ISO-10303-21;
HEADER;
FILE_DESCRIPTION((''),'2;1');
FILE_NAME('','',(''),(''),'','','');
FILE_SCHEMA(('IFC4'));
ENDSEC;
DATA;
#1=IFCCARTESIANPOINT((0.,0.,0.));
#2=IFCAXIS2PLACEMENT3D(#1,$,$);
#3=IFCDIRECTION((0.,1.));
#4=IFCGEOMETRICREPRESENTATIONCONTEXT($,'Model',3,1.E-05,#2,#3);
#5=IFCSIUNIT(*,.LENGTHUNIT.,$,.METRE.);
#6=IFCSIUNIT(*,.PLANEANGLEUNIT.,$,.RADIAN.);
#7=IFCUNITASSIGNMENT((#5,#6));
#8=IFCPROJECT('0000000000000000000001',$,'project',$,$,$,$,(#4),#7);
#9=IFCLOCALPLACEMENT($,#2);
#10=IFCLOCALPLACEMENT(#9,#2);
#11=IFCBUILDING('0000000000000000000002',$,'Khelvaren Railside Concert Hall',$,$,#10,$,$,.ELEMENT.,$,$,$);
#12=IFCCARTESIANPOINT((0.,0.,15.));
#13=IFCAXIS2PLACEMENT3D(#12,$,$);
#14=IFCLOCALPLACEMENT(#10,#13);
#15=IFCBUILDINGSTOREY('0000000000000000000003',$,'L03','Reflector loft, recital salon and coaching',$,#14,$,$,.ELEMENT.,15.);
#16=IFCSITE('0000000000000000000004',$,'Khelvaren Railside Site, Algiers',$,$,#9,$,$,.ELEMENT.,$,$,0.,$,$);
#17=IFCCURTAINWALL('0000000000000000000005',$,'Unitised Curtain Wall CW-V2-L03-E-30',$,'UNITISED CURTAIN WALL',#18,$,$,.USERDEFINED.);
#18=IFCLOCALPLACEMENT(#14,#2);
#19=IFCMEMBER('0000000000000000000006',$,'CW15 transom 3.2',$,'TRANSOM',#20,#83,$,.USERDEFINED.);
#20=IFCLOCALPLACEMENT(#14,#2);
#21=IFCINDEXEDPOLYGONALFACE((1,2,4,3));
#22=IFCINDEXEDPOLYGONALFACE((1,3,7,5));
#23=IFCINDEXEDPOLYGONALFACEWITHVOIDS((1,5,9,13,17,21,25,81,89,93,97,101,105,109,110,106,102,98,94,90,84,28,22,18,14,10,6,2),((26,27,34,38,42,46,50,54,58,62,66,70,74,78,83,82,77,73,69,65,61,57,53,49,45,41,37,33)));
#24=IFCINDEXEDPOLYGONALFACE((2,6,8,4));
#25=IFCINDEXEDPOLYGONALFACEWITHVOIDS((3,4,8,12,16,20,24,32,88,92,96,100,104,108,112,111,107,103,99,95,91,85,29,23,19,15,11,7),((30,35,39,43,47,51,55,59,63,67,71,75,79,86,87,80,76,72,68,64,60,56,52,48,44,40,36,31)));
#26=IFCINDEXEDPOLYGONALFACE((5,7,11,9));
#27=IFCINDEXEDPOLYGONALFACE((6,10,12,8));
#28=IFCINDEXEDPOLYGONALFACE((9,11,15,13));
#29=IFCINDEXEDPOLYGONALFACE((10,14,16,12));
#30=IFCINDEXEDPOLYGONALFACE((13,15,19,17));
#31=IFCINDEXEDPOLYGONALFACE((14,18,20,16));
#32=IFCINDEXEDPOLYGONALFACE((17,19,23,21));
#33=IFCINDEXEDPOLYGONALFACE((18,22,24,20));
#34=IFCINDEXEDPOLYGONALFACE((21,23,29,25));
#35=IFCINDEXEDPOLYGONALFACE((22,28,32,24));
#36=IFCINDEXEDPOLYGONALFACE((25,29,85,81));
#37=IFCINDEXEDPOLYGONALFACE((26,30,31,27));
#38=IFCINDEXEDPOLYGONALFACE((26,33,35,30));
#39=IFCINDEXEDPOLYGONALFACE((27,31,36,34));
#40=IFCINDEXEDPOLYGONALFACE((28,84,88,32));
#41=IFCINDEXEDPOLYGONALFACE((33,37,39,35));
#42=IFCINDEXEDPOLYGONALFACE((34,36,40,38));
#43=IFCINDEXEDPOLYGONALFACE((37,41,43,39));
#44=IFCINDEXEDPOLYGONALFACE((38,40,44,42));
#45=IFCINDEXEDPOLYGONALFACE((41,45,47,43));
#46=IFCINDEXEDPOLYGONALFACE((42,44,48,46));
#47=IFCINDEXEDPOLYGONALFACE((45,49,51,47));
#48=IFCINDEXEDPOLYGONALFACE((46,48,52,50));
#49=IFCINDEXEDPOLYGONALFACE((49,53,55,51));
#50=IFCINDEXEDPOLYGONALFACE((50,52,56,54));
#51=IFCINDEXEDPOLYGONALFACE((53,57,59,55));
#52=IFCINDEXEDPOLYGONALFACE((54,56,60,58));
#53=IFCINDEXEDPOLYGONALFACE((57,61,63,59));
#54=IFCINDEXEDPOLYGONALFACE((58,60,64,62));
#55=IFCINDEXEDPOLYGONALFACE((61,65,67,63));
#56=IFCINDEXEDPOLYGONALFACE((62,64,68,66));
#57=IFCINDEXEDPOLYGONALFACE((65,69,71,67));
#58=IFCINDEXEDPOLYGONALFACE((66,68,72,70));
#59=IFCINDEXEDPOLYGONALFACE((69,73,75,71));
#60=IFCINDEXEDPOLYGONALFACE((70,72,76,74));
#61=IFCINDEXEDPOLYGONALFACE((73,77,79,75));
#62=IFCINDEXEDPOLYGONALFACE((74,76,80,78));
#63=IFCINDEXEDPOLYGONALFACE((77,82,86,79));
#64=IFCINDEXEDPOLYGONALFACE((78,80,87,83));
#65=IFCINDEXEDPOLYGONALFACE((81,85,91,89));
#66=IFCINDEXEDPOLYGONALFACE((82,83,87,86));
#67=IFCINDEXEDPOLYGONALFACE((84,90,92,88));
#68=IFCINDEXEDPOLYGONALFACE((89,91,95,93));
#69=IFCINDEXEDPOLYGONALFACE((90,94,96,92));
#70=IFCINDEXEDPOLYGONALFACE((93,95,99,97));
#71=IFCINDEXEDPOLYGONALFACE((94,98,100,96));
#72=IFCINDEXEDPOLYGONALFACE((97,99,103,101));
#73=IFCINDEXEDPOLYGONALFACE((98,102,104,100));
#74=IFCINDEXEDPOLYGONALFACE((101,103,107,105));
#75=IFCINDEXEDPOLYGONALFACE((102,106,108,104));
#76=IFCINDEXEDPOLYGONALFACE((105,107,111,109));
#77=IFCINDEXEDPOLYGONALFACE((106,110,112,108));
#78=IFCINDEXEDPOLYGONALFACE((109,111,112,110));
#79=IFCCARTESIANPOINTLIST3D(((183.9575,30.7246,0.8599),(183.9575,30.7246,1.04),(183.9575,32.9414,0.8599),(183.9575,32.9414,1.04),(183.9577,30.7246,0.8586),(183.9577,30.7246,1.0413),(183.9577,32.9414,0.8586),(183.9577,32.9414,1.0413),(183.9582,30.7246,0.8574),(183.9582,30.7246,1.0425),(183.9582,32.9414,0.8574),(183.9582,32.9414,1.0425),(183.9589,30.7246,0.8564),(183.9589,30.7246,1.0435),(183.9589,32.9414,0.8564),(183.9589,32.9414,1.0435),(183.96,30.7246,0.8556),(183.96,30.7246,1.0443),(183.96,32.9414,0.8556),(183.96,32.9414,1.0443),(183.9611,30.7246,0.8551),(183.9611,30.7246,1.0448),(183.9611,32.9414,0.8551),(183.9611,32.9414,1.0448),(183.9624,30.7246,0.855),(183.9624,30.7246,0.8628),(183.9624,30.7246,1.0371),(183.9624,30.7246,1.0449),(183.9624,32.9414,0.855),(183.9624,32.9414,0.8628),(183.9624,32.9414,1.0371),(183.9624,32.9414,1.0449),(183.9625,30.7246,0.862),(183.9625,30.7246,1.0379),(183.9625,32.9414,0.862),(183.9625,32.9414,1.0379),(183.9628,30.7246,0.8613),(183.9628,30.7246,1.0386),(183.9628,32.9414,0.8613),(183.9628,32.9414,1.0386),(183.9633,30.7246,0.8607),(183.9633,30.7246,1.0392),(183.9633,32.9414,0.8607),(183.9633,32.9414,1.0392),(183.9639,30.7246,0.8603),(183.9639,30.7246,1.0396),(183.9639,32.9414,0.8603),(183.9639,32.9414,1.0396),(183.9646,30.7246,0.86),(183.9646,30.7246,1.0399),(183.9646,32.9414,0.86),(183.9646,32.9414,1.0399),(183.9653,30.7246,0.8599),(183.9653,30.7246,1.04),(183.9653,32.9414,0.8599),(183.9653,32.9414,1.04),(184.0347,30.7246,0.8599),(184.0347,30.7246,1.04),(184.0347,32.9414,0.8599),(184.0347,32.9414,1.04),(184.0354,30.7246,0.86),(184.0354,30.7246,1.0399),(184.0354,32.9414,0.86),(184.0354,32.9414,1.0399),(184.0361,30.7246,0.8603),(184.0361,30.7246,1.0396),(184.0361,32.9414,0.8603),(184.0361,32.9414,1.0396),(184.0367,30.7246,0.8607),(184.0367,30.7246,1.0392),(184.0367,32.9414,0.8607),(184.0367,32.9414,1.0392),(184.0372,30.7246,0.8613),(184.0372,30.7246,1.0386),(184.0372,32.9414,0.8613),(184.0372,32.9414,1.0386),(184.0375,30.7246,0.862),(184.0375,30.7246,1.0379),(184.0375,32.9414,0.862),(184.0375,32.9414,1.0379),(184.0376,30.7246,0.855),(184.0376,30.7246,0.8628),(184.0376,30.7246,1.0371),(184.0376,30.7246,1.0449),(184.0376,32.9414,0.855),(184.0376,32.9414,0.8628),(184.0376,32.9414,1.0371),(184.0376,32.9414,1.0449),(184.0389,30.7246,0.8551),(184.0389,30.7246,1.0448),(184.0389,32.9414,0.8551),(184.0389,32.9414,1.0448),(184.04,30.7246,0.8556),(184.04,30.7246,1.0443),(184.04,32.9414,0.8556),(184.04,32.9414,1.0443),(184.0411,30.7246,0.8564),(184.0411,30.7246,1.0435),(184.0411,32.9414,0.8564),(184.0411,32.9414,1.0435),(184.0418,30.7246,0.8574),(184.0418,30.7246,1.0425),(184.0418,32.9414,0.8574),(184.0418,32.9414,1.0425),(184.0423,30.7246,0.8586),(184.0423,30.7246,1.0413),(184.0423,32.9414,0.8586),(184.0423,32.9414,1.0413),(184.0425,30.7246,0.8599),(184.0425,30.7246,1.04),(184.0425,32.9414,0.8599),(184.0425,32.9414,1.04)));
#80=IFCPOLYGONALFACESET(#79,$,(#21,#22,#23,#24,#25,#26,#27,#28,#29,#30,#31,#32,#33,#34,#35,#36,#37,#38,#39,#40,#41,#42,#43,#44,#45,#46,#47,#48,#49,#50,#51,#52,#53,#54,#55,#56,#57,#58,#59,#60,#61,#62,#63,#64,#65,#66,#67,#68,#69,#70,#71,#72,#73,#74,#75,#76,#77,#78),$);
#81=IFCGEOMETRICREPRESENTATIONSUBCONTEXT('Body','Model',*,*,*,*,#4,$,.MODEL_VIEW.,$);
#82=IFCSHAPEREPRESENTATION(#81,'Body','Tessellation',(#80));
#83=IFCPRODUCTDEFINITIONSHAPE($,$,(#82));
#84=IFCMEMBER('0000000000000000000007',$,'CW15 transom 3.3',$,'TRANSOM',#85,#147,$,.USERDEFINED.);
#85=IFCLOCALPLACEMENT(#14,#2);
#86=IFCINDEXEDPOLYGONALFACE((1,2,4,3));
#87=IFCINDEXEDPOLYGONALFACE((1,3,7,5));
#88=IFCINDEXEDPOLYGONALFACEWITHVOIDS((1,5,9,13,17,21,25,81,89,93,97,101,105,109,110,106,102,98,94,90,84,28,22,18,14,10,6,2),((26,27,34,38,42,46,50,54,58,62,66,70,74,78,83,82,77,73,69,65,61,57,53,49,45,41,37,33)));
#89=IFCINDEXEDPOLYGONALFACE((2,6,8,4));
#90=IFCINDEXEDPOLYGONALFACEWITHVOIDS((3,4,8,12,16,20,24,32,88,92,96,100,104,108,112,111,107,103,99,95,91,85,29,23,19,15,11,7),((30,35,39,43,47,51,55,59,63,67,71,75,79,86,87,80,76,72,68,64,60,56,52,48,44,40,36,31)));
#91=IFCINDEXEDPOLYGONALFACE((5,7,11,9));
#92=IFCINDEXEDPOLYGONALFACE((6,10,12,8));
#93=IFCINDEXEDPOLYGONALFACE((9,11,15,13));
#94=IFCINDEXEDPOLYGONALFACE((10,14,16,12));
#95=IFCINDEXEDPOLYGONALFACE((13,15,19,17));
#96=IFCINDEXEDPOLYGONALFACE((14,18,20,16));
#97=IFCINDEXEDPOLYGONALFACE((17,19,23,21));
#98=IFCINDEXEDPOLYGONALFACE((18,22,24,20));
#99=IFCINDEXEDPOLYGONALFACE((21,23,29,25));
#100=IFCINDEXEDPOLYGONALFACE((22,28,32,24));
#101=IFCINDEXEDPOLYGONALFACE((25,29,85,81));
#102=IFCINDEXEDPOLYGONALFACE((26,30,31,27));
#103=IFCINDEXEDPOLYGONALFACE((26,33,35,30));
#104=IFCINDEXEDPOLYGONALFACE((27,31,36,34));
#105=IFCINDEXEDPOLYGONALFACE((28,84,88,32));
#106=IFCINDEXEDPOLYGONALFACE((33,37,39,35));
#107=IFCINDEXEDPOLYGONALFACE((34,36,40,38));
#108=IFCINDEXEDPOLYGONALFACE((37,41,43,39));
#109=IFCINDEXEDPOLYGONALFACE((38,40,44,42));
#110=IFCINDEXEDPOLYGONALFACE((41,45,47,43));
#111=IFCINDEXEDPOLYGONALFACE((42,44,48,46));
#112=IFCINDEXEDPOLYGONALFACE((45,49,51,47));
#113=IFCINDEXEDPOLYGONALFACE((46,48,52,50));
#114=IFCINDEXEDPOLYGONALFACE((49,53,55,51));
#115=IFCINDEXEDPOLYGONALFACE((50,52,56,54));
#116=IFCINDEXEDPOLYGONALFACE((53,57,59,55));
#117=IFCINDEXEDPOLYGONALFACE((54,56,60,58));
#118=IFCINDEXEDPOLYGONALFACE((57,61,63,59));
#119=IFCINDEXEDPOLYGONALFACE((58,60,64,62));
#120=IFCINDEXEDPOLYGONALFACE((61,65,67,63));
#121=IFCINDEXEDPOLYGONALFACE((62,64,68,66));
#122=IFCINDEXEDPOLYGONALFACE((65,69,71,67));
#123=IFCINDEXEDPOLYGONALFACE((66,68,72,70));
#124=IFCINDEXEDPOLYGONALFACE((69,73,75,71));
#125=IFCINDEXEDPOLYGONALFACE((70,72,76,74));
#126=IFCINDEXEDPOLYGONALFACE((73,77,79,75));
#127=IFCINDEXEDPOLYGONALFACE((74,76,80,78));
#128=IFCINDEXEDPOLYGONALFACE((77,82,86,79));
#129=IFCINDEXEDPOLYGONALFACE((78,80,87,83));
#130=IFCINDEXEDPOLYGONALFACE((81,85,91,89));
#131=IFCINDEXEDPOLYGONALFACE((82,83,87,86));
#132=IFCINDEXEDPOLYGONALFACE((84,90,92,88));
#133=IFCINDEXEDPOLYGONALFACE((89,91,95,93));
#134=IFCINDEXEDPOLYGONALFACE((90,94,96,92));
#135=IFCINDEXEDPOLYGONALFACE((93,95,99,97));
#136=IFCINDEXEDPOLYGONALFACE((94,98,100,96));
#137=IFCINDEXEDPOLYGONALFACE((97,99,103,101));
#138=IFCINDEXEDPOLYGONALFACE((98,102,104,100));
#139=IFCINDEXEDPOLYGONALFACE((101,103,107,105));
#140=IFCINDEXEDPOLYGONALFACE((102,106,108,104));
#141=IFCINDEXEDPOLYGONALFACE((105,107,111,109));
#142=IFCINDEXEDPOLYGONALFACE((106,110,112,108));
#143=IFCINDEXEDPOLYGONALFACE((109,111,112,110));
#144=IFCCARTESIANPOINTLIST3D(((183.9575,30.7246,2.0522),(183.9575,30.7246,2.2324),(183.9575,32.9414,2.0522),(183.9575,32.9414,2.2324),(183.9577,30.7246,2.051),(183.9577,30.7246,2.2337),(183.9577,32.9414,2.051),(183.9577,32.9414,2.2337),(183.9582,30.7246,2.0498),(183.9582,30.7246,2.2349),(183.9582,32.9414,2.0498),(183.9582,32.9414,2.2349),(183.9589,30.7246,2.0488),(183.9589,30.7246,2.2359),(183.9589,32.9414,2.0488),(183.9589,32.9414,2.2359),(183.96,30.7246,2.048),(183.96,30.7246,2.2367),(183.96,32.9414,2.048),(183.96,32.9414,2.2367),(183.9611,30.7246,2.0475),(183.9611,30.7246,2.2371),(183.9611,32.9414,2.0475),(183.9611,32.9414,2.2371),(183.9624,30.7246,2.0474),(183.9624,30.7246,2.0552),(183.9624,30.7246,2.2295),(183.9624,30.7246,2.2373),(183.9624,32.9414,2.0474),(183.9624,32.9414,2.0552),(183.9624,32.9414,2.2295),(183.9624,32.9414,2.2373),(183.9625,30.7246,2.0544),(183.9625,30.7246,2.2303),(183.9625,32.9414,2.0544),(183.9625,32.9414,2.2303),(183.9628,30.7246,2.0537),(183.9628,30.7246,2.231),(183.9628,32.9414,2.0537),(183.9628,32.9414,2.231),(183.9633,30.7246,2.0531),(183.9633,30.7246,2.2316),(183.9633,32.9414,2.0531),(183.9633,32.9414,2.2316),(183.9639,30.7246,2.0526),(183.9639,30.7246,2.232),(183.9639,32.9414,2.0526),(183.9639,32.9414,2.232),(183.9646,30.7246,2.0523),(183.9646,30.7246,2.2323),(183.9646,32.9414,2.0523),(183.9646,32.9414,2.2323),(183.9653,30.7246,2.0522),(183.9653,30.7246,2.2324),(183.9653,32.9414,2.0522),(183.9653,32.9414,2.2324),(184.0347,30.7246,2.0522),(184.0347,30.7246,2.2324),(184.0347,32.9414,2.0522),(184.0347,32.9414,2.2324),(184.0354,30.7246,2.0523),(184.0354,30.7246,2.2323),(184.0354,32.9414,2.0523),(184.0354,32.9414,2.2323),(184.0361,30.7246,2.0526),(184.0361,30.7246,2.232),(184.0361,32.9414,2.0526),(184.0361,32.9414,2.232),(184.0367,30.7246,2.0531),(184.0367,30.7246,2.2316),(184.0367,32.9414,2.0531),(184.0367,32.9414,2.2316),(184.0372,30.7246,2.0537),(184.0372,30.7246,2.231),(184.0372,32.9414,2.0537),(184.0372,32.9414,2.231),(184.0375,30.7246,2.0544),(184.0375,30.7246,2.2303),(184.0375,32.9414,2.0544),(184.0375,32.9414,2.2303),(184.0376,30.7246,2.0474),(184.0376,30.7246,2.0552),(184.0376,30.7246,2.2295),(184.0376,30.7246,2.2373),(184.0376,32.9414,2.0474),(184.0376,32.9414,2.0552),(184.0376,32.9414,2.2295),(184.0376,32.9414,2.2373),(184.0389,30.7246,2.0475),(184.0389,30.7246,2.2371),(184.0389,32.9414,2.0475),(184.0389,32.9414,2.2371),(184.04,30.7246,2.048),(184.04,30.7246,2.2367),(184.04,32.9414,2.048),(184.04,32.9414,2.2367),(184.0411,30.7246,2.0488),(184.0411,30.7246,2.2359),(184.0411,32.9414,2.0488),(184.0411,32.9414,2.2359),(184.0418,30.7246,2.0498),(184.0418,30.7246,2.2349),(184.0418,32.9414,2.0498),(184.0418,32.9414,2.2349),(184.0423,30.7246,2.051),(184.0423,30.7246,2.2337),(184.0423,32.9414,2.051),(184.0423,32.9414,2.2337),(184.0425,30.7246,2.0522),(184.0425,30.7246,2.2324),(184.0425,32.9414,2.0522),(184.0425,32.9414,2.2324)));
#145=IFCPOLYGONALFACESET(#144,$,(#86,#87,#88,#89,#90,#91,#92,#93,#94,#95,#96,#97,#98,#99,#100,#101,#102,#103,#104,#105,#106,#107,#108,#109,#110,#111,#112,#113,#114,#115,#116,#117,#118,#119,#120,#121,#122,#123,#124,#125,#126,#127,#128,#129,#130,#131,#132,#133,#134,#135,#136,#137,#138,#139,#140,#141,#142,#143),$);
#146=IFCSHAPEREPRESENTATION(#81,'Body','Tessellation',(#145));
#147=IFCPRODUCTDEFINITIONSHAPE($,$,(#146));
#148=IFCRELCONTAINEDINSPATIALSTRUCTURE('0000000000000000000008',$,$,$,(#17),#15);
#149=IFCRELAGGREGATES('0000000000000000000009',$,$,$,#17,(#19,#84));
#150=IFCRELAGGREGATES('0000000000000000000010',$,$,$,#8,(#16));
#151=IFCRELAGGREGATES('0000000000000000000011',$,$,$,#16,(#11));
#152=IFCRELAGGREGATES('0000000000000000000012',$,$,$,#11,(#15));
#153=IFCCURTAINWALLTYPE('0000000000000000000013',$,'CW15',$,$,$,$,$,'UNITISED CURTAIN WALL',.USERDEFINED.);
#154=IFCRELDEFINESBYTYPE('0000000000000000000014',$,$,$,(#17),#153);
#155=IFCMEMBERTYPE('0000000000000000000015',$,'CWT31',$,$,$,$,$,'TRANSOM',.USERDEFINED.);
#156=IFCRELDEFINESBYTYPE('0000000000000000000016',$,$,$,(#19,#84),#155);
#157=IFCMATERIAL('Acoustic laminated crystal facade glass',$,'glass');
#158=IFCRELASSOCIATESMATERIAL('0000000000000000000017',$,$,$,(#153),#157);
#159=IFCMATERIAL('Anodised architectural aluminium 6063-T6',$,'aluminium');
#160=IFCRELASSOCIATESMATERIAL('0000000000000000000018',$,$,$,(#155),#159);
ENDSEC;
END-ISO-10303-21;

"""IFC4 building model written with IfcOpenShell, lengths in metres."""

from ifc_helpers import new_model, si_unit, direction, frame, origin, origin_2d, place, context, subcontext, project, spatial, hollow_rectangle, extrude, material, material_profile, profile_set, type_object, element, aggregate, save


model = new_model("IFC4")

# Units and contexts
model_context = context("Model", 3, precision=1e-05, world=origin(), true_north=direction((0.0, 1.0)))
body_context = subcontext(model_context, "Body", "Model", "MODEL_VIEW")
ifc_project = project(units=[si_unit("LENGTHUNIT", "METRE"), si_unit("PLANEANGLEUNIT", "RADIAN")], contexts=[model_context])

# Site, building, storey
site_placement = place(None, origin())
site = spatial("IfcSite", under=ifc_project, at=site_placement, Name="Khelvaren Railside Site, Algiers", CompositionType="ELEMENT", RefElevation=0.0)
building_placement = place(site_placement, origin())
building = spatial("IfcBuilding", under=site, at=building_placement, Name="Khelvaren Railside Concert Hall", CompositionType="ELEMENT")
storey_placement = place(building_placement, frame((0.0, 0.0, 15.0)))
storey = spatial("IfcBuildingStorey", under=building, at=storey_placement, Name="L03", Description="Reflector loft, recital salon and coaching", CompositionType="ELEMENT", Elevation=15.0)

# Shared definitions
ifc_material_1 = material(Name="Anodised architectural aluminium 6063-T6", Category="aluminium")

# Curtain wall, members
ifc_material_2 = material(Name="Acoustic laminated crystal facade glass", Category="glass")
curtain_wall_type_1 = type_object("IfcCurtainWallType", Name="CW15", ElementType="UNITISED CURTAIN WALL", PredefinedType="USERDEFINED", material=ifc_material_2)
curtain_wall_1_placement = place(storey_placement, origin())
curtain_wall_1 = element("IfcCurtainWall", 1, at=curtain_wall_1_placement, inside=storey, type_object=curtain_wall_type_1, Name="Unitised Curtain Wall CW-V2-L03-E-30", ObjectType="UNITISED CURTAIN WALL", PredefinedType="USERDEFINED")
ifc_material_profile_1 = material_profile(ifc_material_1, hollow_rectangle(XDim=0.085, YDim=0.1899, WallThickness=0.0049, InnerFilletRadius=0.0029, OuterFilletRadius=0.0049, at=origin_2d()), Name="CWT 85x190x5")
ifc_profile_set_1 = profile_set([ifc_material_profile_1], Name="Anodised architectural aluminium 6063-T6")
member_type_1 = type_object("IfcMemberType", Name="CWT31", ElementType="TRANSOM", PredefinedType="USERDEFINED", material=ifc_profile_set_1)
member_1_placement = place(storey_placement, frame((184.0, 32.9414, 0.95), z_axis=(0.0, -1.0, 0.0), x_axis=(1.0, 0.0, 0.0)))
member_1 = element("IfcMember", 2, at=member_1_placement, type_object=member_type_1, Name="CW15 transom 3.2", ObjectType="TRANSOM", PredefinedType="USERDEFINED", context=body_context, shape_type="SweptSolid", body=[
    extrude(hollow_rectangle(XDim=0.085, YDim=0.1899, WallThickness=0.0049, InnerFilletRadius=0.0029, OuterFilletRadius=0.0049, at=origin_2d()), origin(), (0.0, 0.0, 1.0), 2.2168),
])
member_2_placement = place(storey_placement, frame((184.0, 32.9414, 2.1423), z_axis=(0.0, -1.0, 0.0), x_axis=(1.0, 0.0, 0.0)))
member_2 = element("IfcMember", 3, at=member_2_placement, type_object=member_type_1, Name="CW15 transom 3.3", ObjectType="TRANSOM", PredefinedType="USERDEFINED", context=body_context, shape_type="SweptSolid", body=[
    extrude(hollow_rectangle(XDim=0.085, YDim=0.1899, WallThickness=0.0049, InnerFilletRadius=0.0029, OuterFilletRadius=0.0049, at=origin_2d()), origin(), (0.0, 0.0, 1.0), 2.2168),
])

aggregate(curtain_wall_1, [member_1, member_2])

save(model, "model.ifc")
